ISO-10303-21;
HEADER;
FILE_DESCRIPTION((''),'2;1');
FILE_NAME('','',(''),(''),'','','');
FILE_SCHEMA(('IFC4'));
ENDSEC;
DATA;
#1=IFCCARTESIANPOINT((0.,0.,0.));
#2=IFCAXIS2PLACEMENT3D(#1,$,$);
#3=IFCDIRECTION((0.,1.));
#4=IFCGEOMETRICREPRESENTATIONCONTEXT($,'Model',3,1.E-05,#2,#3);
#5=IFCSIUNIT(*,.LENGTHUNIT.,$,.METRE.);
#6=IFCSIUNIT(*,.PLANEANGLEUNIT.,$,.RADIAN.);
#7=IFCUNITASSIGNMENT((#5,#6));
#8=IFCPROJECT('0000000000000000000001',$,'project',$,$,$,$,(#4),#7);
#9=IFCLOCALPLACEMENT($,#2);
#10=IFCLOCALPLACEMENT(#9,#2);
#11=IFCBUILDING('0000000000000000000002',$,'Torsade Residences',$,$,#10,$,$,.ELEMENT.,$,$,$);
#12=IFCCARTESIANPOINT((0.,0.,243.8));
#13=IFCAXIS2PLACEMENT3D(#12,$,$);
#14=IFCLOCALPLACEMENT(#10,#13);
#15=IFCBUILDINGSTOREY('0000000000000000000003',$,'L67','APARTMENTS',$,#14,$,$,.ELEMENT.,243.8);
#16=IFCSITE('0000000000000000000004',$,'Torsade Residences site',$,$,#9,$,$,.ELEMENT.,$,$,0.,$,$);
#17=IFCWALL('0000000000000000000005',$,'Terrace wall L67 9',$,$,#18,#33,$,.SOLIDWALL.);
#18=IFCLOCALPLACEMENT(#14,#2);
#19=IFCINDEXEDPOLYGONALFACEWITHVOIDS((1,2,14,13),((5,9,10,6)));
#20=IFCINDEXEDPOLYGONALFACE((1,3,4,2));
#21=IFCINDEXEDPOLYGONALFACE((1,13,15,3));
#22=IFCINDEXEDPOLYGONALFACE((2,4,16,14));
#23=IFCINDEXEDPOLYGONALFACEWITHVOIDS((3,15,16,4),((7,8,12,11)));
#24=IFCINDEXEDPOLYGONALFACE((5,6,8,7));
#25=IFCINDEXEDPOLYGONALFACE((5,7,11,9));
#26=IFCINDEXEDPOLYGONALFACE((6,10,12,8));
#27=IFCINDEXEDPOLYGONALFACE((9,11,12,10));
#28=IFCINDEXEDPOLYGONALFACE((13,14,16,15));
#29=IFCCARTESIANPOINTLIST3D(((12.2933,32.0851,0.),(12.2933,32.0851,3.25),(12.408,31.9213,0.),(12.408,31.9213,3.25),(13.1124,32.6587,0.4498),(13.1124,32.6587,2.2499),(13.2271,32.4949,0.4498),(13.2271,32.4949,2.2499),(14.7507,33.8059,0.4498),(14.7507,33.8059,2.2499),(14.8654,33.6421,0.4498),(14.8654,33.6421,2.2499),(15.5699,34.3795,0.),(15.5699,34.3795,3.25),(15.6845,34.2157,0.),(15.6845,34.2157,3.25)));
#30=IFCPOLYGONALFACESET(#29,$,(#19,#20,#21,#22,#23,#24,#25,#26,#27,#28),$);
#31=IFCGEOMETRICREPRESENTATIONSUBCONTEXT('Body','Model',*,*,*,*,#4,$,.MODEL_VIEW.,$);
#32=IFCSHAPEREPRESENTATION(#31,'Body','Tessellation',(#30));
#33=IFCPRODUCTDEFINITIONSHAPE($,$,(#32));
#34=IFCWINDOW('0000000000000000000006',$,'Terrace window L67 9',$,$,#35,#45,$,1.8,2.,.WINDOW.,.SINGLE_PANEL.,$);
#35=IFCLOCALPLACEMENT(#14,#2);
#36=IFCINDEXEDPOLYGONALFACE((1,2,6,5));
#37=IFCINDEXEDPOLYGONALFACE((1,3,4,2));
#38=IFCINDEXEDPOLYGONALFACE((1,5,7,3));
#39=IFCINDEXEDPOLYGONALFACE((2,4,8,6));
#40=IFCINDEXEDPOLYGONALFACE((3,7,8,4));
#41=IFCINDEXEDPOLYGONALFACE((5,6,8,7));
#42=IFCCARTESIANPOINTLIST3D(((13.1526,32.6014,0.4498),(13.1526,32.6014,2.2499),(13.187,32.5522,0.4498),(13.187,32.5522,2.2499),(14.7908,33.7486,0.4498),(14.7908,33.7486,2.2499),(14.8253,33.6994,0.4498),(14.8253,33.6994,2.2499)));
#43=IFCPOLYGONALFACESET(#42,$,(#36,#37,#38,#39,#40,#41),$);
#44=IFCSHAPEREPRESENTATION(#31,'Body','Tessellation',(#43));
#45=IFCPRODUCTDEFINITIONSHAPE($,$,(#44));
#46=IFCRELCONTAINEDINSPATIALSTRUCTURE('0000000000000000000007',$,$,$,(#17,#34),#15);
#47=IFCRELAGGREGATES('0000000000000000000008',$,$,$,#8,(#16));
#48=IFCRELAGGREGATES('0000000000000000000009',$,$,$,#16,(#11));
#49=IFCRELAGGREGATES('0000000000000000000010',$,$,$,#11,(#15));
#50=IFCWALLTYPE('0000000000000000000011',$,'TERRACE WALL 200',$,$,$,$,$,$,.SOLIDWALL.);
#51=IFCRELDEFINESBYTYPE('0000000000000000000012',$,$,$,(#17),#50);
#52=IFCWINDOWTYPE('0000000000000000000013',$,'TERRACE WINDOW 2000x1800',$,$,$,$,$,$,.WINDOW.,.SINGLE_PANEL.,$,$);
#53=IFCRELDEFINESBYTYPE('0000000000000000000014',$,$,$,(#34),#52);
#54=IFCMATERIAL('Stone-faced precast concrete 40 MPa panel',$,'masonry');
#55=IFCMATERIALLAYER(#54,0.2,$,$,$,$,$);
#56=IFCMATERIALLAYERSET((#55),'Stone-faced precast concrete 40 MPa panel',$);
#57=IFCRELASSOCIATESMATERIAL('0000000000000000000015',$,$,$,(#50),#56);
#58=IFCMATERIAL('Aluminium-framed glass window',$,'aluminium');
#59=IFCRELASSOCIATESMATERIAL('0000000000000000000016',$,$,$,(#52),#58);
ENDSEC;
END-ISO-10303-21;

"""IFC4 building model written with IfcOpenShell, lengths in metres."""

from ifc_helpers import new_model, si_unit, direction, frame, frame_2d, origin, place, context, subcontext, project, spatial, rectangle, extrude, material, layer, layer_set, type_object, element, fill, save


model = new_model("IFC4")

# Units and contexts
model_context = context("Model", 3, precision=1e-05, world=origin(), true_north=direction((0.0, 1.0)))
body_context = subcontext(model_context, "Body", "Model", "MODEL_VIEW")
ifc_project = project(units=[si_unit("LENGTHUNIT", "METRE"), si_unit("PLANEANGLEUNIT", "RADIAN")], contexts=[model_context])

# Site, building, storey
site_placement = place(None, origin())
site = spatial("IfcSite", under=ifc_project, at=site_placement, Name="Torsade Residences site", CompositionType="ELEMENT", RefElevation=0.0)
building_placement = place(site_placement, origin())
building = spatial("IfcBuilding", under=site, at=building_placement, Name="Torsade Residences", CompositionType="ELEMENT")
storey_placement = place(building_placement, frame((0.0, 0.0, 243.8)))
storey = spatial("IfcBuildingStorey", under=building, at=storey_placement, Name="L67", Description="APARTMENTS", CompositionType="ELEMENT", Elevation=243.8)

# Shared definitions
ifc_material_1 = material(Name="Stone-faced precast concrete 40 MPa panel", Category="masonry")
ifc_layer_1 = layer(ifc_material_1, 0.2)
ifc_layer_set_1 = layer_set([ifc_layer_1], Name="Stone-faced precast concrete 40 MPa panel")
wall_type_1 = type_object("IfcWallType", Name="TERRACE WALL 200", PredefinedType="SOLIDWALL", material=ifc_layer_set_1)

# Wall, opening, window
wall_1_placement = place(storey_placement, frame((15.6272, 34.2976, 0.0), z_axis=(0.0, 0.0, 1.0), x_axis=(-0.819137, -0.573598, 0.0)))
wall_1 = element("IfcWall", 1, at=wall_1_placement, inside=storey, type_object=wall_type_1, Name="Terrace wall L67 9", PredefinedType="SOLIDWALL", context=body_context, shape_type="SweptSolid", body=[
    extrude(rectangle(XDim=4.0, YDim=0.2, at=frame_2d((2.0, 0.0))), origin(), (0.0, 0.0, 1.0), 3.25),
])
opening_1_placement = place(wall_1_placement, frame((1.0, 0.0, 0.45)))
opening_1 = element("IfcOpeningElement", 2, at=opening_1_placement, cuts=wall_1, PredefinedType="OPENING", context=body_context, shape_type="SweptSolid", body=[
    extrude(rectangle(XDim=2.0, YDim=1.8, at=frame_2d((1.0, 0.8999))), frame((0.0, 0.1099, 0.0), z_axis=(0.0, -1.0, 0.0), x_axis=(1.0, 0.0, 0.0)), (0.0, 0.0, 1.0), 0.22),
])
ifc_material_2 = material(Name="Aluminium-framed glass window", Category="aluminium")
window_type = type_object("IfcWindowType", Name="TERRACE WINDOW 2000x1800", PartitioningType="SINGLE_PANEL", PredefinedType="WINDOW", material=ifc_material_2)
window_placement = place(opening_1_placement, origin())
window = element("IfcWindow", 3, at=window_placement, inside=storey, type_object=window_type, Name="Terrace window L67 9", OverallHeight=1.8, OverallWidth=2.0, PartitioningType="SINGLE_PANEL", PredefinedType="WINDOW", context=body_context, shape_type="SweptSolid", body=[
    extrude(rectangle(XDim=2.0, YDim=1.8, at=frame_2d((1.0, 0.8999))), frame((0.0, 0.03, 0.0), z_axis=(0.0, -1.0, 0.0), x_axis=(1.0, 0.0, 0.0)), (0.0, 0.0, 1.0), 0.0601),
])
fill(opening_1, window)

save(model, "model.ifc")
